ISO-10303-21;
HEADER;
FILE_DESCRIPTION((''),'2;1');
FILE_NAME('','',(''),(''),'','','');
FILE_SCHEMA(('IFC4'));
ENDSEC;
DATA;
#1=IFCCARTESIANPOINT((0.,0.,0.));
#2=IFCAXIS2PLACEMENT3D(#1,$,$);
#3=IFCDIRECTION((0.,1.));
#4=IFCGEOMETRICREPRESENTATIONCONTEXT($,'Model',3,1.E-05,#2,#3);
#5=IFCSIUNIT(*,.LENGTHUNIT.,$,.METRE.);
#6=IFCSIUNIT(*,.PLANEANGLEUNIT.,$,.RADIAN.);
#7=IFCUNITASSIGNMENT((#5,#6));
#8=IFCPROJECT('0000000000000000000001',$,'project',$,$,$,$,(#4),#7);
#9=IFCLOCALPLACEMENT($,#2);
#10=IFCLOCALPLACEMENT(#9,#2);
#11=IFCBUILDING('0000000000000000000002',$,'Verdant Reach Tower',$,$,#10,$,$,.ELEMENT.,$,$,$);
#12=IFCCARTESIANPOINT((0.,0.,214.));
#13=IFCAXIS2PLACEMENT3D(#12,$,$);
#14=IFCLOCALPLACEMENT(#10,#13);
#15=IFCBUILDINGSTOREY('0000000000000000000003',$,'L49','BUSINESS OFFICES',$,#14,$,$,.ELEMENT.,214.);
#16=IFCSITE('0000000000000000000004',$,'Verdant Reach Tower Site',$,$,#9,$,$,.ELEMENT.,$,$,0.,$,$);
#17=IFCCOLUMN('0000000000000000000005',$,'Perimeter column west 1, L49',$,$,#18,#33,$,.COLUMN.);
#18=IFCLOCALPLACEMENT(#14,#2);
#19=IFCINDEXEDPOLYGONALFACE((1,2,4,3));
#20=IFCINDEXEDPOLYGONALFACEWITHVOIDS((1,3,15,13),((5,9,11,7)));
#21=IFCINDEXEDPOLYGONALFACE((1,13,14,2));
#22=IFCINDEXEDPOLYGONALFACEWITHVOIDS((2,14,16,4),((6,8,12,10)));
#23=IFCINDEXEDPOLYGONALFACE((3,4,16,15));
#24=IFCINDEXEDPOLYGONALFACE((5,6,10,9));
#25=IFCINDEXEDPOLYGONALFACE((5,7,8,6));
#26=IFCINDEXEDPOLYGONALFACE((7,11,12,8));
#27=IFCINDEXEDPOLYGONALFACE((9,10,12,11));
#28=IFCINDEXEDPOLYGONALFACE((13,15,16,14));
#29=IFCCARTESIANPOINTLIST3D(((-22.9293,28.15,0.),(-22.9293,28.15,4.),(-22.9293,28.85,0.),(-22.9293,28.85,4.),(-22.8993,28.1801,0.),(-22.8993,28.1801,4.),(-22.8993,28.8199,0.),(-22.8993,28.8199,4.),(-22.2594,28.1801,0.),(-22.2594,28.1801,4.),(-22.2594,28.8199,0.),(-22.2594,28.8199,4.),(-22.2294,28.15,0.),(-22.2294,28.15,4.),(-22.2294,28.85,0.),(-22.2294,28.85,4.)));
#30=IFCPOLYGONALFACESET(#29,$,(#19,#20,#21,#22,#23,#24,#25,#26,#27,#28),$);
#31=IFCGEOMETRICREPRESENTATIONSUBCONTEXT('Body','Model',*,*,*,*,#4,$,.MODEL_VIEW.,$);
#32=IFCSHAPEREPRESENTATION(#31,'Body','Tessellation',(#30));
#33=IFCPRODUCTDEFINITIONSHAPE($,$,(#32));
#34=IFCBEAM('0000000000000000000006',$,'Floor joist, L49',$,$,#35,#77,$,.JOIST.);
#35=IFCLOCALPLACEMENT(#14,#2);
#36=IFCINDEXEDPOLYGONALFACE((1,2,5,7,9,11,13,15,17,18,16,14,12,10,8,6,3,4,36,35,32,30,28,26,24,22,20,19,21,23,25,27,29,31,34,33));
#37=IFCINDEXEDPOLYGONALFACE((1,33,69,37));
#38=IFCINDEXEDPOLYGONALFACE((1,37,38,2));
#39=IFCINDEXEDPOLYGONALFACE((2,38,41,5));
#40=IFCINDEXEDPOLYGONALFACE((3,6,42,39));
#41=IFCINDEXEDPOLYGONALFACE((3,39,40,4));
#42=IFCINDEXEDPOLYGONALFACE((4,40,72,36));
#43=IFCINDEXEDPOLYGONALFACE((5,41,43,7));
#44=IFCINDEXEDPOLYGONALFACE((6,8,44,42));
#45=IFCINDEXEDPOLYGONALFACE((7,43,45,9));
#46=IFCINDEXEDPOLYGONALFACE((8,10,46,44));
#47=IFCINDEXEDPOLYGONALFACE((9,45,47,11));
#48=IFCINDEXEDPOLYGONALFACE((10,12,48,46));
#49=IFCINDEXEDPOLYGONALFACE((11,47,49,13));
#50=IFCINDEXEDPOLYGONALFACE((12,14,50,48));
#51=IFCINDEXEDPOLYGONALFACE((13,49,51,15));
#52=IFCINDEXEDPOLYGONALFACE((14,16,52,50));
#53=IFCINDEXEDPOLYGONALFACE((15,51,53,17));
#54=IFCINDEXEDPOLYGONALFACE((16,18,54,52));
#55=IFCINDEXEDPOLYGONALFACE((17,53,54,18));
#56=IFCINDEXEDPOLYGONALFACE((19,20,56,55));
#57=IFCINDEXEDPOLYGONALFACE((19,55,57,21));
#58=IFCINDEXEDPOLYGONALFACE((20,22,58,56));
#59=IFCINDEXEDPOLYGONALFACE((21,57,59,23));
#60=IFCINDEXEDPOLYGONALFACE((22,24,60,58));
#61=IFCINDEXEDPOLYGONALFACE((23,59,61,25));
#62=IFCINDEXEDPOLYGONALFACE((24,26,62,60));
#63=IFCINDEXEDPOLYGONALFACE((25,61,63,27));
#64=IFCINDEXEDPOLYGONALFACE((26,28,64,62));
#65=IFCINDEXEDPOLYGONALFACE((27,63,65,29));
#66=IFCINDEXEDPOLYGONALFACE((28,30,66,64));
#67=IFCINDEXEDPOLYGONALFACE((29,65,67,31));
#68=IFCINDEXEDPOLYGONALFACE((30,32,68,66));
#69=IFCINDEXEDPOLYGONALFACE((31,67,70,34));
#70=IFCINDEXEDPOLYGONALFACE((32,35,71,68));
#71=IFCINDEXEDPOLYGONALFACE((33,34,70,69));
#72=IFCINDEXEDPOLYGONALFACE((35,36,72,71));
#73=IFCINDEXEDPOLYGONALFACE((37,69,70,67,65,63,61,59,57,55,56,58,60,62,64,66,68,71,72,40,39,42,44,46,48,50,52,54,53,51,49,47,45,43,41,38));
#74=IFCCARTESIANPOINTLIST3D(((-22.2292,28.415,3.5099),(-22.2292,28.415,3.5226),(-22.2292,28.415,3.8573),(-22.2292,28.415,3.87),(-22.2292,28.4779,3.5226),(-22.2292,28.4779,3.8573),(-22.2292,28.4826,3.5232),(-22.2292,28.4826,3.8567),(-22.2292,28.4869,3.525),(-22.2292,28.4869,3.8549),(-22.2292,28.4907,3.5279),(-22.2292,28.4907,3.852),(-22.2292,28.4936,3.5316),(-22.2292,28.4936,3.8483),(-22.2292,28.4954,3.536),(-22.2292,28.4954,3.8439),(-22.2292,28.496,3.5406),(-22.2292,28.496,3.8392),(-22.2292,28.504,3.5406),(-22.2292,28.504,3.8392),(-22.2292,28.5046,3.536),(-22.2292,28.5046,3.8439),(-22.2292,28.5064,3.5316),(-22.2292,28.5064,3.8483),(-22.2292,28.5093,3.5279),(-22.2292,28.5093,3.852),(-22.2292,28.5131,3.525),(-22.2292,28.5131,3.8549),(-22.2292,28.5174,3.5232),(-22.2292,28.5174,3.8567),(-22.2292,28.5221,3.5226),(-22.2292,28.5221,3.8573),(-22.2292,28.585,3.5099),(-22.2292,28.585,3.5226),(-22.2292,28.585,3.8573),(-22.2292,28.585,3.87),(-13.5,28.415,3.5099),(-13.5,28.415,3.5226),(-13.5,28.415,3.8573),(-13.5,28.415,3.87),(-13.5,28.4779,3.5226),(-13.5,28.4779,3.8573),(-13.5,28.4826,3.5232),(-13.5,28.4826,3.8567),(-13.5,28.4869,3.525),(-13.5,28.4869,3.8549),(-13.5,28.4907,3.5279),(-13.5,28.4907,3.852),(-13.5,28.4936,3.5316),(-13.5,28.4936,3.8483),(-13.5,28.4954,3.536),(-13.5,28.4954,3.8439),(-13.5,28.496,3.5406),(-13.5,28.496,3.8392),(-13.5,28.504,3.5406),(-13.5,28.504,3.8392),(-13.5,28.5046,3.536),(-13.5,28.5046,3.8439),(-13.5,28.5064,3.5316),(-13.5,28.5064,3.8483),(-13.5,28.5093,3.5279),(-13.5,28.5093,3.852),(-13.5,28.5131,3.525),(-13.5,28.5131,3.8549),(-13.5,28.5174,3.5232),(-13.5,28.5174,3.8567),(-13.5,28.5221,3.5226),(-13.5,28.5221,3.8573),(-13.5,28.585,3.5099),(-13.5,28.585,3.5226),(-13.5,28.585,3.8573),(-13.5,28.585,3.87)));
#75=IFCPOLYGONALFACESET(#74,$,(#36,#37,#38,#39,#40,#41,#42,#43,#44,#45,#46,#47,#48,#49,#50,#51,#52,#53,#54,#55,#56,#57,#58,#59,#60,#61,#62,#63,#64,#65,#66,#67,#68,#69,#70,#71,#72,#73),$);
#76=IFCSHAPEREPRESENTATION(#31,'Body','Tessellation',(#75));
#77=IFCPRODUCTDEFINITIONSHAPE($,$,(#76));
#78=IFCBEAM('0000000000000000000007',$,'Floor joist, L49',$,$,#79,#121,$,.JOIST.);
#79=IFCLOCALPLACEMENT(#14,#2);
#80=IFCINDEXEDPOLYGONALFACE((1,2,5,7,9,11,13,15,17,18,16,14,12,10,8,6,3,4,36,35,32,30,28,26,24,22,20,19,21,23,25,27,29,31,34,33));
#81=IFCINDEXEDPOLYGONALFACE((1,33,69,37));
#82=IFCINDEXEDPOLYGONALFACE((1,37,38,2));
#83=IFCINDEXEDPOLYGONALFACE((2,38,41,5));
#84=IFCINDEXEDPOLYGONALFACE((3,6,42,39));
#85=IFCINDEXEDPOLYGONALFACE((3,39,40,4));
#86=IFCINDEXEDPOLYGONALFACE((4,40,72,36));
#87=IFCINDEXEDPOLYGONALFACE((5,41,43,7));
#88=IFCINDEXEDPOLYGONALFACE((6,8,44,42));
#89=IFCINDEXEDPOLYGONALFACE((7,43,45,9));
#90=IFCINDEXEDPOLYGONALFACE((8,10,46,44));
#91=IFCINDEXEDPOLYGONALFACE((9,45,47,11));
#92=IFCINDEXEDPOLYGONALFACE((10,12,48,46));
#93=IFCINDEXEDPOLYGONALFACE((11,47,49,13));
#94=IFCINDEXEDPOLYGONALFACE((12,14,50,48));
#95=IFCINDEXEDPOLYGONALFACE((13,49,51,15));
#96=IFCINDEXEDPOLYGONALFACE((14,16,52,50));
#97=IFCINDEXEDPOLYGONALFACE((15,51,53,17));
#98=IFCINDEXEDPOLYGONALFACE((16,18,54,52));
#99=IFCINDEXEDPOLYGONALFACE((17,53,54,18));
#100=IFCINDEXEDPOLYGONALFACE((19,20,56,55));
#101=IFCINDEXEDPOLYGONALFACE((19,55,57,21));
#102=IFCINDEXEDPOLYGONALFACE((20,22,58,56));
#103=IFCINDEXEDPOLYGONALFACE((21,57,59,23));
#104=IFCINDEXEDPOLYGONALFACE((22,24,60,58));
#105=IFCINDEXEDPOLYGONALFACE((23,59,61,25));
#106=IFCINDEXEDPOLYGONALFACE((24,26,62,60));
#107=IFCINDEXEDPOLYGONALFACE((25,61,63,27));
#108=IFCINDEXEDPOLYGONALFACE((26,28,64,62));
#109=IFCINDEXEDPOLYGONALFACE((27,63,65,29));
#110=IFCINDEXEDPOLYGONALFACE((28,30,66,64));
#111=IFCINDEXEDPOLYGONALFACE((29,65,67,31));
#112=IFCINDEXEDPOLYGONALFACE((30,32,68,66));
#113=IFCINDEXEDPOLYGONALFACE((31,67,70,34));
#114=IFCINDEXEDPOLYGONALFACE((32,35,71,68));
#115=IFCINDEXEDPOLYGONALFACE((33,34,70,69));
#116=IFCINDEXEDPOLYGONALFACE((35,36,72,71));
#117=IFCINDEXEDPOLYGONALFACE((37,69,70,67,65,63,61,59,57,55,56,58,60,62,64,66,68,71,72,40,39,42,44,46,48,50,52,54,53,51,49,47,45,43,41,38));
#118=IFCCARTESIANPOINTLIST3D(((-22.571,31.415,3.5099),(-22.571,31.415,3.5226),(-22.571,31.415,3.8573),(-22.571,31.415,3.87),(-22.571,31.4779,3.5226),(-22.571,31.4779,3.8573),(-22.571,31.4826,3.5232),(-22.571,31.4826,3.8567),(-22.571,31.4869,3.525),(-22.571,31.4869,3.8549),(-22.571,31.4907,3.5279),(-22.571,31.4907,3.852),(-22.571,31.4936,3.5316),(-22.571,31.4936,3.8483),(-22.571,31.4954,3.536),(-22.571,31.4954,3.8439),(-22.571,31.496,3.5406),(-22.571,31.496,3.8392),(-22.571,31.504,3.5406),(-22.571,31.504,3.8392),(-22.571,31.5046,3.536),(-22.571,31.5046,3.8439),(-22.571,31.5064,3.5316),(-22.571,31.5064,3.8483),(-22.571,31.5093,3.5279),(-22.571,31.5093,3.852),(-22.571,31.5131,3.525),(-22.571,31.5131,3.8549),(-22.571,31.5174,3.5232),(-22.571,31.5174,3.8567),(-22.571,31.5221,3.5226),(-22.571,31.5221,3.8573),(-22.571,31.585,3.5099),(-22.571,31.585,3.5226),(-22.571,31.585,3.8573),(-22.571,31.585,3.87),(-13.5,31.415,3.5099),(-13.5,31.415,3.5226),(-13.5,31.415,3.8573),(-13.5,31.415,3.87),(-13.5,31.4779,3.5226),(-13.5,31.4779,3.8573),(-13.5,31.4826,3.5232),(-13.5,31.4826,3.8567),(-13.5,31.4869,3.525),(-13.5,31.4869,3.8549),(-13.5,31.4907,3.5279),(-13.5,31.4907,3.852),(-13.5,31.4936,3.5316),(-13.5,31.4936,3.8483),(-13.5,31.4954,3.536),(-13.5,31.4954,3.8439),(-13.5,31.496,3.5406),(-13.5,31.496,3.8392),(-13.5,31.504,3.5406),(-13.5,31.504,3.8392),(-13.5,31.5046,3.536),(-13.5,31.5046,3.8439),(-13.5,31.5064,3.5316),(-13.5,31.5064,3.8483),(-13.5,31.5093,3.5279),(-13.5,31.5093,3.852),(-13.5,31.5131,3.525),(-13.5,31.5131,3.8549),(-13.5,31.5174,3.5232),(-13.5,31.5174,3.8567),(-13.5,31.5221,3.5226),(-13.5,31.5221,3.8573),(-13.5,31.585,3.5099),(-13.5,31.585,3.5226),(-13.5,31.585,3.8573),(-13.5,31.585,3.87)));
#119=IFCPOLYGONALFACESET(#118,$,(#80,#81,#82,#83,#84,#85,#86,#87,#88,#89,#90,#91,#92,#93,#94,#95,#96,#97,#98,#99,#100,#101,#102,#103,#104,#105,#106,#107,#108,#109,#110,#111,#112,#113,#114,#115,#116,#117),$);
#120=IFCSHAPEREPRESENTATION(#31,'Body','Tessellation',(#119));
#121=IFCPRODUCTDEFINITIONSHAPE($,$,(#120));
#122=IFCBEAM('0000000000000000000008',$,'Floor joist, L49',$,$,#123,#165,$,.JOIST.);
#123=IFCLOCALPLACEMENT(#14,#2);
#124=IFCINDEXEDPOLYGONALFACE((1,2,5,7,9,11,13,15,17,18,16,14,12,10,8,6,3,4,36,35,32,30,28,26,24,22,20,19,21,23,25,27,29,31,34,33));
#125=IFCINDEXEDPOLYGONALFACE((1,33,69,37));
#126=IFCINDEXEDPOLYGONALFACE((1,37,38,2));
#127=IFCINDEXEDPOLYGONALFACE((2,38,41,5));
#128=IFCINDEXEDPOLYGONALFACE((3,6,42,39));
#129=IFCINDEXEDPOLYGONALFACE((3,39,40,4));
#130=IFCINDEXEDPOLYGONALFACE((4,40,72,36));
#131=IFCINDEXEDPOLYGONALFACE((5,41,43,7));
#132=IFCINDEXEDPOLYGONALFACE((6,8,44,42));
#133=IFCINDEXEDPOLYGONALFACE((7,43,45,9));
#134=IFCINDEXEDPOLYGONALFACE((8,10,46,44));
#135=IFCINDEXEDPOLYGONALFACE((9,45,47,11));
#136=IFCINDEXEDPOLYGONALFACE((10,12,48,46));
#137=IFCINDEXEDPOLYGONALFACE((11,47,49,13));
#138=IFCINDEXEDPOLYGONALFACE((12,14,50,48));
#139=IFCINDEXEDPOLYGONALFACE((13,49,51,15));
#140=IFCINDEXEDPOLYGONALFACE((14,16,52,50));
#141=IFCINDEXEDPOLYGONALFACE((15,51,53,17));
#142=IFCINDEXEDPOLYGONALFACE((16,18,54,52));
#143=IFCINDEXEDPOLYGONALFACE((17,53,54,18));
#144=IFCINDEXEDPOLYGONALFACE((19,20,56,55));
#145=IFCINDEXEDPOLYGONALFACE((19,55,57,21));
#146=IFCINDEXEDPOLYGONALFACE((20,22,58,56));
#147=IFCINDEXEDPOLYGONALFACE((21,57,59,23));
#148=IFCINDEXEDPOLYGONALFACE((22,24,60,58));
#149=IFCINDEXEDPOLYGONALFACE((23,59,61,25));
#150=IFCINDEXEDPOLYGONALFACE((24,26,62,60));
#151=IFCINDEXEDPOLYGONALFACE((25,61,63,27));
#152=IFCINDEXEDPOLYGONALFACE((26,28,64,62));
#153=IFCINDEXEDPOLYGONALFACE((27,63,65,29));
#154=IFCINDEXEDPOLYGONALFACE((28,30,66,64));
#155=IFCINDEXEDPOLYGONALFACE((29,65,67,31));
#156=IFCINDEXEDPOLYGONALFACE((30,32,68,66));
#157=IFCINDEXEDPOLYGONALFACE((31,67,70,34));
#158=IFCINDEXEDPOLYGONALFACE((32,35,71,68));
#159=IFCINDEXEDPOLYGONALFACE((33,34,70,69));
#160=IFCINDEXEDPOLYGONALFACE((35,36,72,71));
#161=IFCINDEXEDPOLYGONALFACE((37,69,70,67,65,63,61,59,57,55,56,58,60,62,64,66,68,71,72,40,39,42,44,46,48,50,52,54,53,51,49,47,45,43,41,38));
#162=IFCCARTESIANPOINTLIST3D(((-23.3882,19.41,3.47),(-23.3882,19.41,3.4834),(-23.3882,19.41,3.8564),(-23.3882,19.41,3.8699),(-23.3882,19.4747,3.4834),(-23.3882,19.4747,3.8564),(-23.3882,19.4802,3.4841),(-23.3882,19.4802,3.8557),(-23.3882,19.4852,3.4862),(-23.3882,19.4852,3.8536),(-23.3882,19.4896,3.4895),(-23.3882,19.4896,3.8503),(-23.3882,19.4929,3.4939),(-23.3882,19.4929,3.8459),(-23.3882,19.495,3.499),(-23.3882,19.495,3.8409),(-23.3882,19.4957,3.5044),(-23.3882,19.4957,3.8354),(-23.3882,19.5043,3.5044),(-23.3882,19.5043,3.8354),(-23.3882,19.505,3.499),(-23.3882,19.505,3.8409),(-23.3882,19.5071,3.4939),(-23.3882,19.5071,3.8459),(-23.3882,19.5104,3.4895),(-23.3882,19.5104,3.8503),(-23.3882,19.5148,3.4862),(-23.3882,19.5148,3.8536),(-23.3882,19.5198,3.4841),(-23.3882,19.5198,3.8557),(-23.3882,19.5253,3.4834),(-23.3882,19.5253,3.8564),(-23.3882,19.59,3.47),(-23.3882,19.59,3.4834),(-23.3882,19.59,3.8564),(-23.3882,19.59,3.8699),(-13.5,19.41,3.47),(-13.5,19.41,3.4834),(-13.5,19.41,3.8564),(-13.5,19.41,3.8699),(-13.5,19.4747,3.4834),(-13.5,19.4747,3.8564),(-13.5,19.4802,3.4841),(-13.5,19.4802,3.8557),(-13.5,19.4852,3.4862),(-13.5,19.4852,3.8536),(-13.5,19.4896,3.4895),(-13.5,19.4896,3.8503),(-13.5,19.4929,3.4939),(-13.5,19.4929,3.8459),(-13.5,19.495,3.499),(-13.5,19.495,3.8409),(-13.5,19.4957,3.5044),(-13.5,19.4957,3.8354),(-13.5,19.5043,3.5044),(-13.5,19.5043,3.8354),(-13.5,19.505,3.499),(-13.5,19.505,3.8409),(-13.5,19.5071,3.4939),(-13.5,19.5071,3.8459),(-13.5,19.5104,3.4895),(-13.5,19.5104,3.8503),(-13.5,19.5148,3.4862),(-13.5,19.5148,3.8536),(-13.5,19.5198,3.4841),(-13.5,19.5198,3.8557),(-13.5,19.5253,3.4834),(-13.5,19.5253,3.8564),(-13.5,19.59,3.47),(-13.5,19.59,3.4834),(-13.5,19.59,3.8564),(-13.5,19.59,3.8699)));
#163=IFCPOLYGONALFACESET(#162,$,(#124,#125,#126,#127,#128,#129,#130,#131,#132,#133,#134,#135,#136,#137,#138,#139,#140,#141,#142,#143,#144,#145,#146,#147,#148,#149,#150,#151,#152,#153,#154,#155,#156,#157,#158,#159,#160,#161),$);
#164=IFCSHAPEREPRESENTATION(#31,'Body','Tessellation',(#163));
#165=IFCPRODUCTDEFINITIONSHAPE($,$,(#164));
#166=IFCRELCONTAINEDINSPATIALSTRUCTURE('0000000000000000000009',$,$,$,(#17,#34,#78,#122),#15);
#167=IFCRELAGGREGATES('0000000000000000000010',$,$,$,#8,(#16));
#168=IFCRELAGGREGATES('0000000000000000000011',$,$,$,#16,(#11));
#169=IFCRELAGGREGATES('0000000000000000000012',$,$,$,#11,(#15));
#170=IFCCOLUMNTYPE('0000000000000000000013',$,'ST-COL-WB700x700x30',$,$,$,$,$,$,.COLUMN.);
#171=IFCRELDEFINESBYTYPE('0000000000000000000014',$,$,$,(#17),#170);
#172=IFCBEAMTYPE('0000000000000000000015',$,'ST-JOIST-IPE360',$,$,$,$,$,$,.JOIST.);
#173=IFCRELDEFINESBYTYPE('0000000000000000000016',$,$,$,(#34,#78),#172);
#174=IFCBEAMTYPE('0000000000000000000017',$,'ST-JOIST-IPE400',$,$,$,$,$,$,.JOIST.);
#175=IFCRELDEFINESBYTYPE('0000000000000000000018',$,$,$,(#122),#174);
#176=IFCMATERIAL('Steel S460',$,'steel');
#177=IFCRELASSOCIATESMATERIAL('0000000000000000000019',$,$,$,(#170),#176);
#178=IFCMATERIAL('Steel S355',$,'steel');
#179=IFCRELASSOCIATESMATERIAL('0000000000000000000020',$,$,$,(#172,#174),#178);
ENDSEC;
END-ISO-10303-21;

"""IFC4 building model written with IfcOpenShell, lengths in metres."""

from ifc_helpers import new_model, si_unit, direction, frame, origin, origin_2d, place, context, subcontext, project, spatial, hollow_rectangle, i_section, extrude, material, material_profile, profile_set, type_object, element, save


model = new_model("IFC4")

# Units and contexts
model_context = context("Model", 3, precision=1e-05, world=origin(), true_north=direction((0.0, 1.0)))
body_context = subcontext(model_context, "Body", "Model", "MODEL_VIEW")
ifc_project = project(units=[si_unit("LENGTHUNIT", "METRE"), si_unit("PLANEANGLEUNIT", "RADIAN")], contexts=[model_context])

# Site, building, storey
site_placement = place(None, origin())
site = spatial("IfcSite", under=ifc_project, at=site_placement, Name="Verdant Reach Tower Site", CompositionType="ELEMENT", RefElevation=0.0)
building_placement = place(site_placement, origin())
building = spatial("IfcBuilding", under=site, at=building_placement, Name="Verdant Reach Tower", CompositionType="ELEMENT")
storey_placement = place(building_placement, frame((0.0, 0.0, 214.0)))
storey = spatial("IfcBuildingStorey", under=building, at=storey_placement, Name="L49", Description="BUSINESS OFFICES", CompositionType="ELEMENT", Elevation=214.0)

# Column
ifc_material_1 = material(Name="Steel S460", Category="steel")
ifc_material_profile_1 = material_profile(ifc_material_1, hollow_rectangle(XDim=0.7, YDim=0.7, WallThickness=0.03, at=origin_2d()), Name="WB 700x700x30")
ifc_profile_set_1 = profile_set([ifc_material_profile_1], Name="Steel S460")
column_type = type_object("IfcColumnType", Name="ST-COL-WB700x700x30", PredefinedType="COLUMN", material=ifc_profile_set_1)
column_placement = place(storey_placement, frame((-22.5793, 28.5, 0.0), z_axis=(0.0, 0.0, 1.0), x_axis=(1.0, 0.0, 0.0)))
element("IfcColumn", 1, at=column_placement, inside=storey, type_object=column_type, Name="Perimeter column west 1, L49", PredefinedType="COLUMN", context=body_context, shape_type="SweptSolid", body=[
    extrude(hollow_rectangle(XDim=0.7, YDim=0.7, WallThickness=0.03, at=origin_2d()), origin(), (0.0, 0.0, 1.0), 4.0),
])

# Beams
ifc_material_2 = material(Name="Steel S355", Category="steel")
ifc_material_profile_2 = material_profile(ifc_material_2, i_section(OverallWidth=0.1699, OverallDepth=0.3601, WebThickness=0.0081, FlangeThickness=0.0127, FilletRadius=0.0181, at=origin_2d()), Name="IPE 360")
ifc_profile_set_2 = profile_set([ifc_material_profile_2], Name="Steel S355")
beam_type_1 = type_object("IfcBeamType", Name="ST-JOIST-IPE360", PredefinedType="JOIST", material=ifc_profile_set_2)
beam_1_placement = place(storey_placement, frame((-13.5, 28.5, 3.6899), z_axis=(-1.0, 0.0, 0.0), x_axis=(0.0, -1.0, 0.0)))
element("IfcBeam", 2, at=beam_1_placement, inside=storey, type_object=beam_type_1, Name="Floor joist, L49", PredefinedType="JOIST", context=body_context, shape_type="SweptSolid", body=[
    extrude(i_section(OverallWidth=0.1699, OverallDepth=0.3601, WebThickness=0.0081, FlangeThickness=0.0127, FilletRadius=0.0181, at=origin_2d()), origin(), (0.0, 0.0, 1.0), 8.7292),
])
beam_2_placement = place(storey_placement, frame((-13.5, 31.5, 3.6899), z_axis=(-1.0, 0.0, 0.0), x_axis=(0.0, -1.0, 0.0)))
element("IfcBeam", 3, at=beam_2_placement, inside=storey, type_object=beam_type_1, Name="Floor joist, L49", PredefinedType="JOIST", context=body_context, shape_type="SweptSolid", body=[
    extrude(i_section(OverallWidth=0.1699, OverallDepth=0.3601, WebThickness=0.0081, FlangeThickness=0.0127, FilletRadius=0.0181, at=origin_2d()), origin(), (0.0, 0.0, 1.0), 9.071),
])
ifc_material_profile_3 = material_profile(ifc_material_2, i_section(OverallWidth=0.1799, OverallDepth=0.3999, WebThickness=0.0085, FlangeThickness=0.0134, FilletRadius=0.021, at=origin_2d()), Name="IPE 400")
ifc_profile_set_3 = profile_set([ifc_material_profile_3], Name="Steel S355")
beam_type_2 = type_object("IfcBeamType", Name="ST-JOIST-IPE400", PredefinedType="JOIST", material=ifc_profile_set_3)
beam_3_placement = place(storey_placement, frame((-13.5, 19.5, 3.6699), z_axis=(-1.0, 0.0, 0.0), x_axis=(0.0, -1.0, 0.0)))
element("IfcBeam", 4, at=beam_3_placement, inside=storey, type_object=beam_type_2, Name="Floor joist, L49", PredefinedType="JOIST", context=body_context, shape_type="SweptSolid", body=[
    extrude(i_section(OverallWidth=0.1799, OverallDepth=0.3999, WebThickness=0.0085, FlangeThickness=0.0134, FilletRadius=0.021, at=origin_2d()), origin(), (0.0, 0.0, 1.0), 9.8882),
])

save(model, "model.ifc")
